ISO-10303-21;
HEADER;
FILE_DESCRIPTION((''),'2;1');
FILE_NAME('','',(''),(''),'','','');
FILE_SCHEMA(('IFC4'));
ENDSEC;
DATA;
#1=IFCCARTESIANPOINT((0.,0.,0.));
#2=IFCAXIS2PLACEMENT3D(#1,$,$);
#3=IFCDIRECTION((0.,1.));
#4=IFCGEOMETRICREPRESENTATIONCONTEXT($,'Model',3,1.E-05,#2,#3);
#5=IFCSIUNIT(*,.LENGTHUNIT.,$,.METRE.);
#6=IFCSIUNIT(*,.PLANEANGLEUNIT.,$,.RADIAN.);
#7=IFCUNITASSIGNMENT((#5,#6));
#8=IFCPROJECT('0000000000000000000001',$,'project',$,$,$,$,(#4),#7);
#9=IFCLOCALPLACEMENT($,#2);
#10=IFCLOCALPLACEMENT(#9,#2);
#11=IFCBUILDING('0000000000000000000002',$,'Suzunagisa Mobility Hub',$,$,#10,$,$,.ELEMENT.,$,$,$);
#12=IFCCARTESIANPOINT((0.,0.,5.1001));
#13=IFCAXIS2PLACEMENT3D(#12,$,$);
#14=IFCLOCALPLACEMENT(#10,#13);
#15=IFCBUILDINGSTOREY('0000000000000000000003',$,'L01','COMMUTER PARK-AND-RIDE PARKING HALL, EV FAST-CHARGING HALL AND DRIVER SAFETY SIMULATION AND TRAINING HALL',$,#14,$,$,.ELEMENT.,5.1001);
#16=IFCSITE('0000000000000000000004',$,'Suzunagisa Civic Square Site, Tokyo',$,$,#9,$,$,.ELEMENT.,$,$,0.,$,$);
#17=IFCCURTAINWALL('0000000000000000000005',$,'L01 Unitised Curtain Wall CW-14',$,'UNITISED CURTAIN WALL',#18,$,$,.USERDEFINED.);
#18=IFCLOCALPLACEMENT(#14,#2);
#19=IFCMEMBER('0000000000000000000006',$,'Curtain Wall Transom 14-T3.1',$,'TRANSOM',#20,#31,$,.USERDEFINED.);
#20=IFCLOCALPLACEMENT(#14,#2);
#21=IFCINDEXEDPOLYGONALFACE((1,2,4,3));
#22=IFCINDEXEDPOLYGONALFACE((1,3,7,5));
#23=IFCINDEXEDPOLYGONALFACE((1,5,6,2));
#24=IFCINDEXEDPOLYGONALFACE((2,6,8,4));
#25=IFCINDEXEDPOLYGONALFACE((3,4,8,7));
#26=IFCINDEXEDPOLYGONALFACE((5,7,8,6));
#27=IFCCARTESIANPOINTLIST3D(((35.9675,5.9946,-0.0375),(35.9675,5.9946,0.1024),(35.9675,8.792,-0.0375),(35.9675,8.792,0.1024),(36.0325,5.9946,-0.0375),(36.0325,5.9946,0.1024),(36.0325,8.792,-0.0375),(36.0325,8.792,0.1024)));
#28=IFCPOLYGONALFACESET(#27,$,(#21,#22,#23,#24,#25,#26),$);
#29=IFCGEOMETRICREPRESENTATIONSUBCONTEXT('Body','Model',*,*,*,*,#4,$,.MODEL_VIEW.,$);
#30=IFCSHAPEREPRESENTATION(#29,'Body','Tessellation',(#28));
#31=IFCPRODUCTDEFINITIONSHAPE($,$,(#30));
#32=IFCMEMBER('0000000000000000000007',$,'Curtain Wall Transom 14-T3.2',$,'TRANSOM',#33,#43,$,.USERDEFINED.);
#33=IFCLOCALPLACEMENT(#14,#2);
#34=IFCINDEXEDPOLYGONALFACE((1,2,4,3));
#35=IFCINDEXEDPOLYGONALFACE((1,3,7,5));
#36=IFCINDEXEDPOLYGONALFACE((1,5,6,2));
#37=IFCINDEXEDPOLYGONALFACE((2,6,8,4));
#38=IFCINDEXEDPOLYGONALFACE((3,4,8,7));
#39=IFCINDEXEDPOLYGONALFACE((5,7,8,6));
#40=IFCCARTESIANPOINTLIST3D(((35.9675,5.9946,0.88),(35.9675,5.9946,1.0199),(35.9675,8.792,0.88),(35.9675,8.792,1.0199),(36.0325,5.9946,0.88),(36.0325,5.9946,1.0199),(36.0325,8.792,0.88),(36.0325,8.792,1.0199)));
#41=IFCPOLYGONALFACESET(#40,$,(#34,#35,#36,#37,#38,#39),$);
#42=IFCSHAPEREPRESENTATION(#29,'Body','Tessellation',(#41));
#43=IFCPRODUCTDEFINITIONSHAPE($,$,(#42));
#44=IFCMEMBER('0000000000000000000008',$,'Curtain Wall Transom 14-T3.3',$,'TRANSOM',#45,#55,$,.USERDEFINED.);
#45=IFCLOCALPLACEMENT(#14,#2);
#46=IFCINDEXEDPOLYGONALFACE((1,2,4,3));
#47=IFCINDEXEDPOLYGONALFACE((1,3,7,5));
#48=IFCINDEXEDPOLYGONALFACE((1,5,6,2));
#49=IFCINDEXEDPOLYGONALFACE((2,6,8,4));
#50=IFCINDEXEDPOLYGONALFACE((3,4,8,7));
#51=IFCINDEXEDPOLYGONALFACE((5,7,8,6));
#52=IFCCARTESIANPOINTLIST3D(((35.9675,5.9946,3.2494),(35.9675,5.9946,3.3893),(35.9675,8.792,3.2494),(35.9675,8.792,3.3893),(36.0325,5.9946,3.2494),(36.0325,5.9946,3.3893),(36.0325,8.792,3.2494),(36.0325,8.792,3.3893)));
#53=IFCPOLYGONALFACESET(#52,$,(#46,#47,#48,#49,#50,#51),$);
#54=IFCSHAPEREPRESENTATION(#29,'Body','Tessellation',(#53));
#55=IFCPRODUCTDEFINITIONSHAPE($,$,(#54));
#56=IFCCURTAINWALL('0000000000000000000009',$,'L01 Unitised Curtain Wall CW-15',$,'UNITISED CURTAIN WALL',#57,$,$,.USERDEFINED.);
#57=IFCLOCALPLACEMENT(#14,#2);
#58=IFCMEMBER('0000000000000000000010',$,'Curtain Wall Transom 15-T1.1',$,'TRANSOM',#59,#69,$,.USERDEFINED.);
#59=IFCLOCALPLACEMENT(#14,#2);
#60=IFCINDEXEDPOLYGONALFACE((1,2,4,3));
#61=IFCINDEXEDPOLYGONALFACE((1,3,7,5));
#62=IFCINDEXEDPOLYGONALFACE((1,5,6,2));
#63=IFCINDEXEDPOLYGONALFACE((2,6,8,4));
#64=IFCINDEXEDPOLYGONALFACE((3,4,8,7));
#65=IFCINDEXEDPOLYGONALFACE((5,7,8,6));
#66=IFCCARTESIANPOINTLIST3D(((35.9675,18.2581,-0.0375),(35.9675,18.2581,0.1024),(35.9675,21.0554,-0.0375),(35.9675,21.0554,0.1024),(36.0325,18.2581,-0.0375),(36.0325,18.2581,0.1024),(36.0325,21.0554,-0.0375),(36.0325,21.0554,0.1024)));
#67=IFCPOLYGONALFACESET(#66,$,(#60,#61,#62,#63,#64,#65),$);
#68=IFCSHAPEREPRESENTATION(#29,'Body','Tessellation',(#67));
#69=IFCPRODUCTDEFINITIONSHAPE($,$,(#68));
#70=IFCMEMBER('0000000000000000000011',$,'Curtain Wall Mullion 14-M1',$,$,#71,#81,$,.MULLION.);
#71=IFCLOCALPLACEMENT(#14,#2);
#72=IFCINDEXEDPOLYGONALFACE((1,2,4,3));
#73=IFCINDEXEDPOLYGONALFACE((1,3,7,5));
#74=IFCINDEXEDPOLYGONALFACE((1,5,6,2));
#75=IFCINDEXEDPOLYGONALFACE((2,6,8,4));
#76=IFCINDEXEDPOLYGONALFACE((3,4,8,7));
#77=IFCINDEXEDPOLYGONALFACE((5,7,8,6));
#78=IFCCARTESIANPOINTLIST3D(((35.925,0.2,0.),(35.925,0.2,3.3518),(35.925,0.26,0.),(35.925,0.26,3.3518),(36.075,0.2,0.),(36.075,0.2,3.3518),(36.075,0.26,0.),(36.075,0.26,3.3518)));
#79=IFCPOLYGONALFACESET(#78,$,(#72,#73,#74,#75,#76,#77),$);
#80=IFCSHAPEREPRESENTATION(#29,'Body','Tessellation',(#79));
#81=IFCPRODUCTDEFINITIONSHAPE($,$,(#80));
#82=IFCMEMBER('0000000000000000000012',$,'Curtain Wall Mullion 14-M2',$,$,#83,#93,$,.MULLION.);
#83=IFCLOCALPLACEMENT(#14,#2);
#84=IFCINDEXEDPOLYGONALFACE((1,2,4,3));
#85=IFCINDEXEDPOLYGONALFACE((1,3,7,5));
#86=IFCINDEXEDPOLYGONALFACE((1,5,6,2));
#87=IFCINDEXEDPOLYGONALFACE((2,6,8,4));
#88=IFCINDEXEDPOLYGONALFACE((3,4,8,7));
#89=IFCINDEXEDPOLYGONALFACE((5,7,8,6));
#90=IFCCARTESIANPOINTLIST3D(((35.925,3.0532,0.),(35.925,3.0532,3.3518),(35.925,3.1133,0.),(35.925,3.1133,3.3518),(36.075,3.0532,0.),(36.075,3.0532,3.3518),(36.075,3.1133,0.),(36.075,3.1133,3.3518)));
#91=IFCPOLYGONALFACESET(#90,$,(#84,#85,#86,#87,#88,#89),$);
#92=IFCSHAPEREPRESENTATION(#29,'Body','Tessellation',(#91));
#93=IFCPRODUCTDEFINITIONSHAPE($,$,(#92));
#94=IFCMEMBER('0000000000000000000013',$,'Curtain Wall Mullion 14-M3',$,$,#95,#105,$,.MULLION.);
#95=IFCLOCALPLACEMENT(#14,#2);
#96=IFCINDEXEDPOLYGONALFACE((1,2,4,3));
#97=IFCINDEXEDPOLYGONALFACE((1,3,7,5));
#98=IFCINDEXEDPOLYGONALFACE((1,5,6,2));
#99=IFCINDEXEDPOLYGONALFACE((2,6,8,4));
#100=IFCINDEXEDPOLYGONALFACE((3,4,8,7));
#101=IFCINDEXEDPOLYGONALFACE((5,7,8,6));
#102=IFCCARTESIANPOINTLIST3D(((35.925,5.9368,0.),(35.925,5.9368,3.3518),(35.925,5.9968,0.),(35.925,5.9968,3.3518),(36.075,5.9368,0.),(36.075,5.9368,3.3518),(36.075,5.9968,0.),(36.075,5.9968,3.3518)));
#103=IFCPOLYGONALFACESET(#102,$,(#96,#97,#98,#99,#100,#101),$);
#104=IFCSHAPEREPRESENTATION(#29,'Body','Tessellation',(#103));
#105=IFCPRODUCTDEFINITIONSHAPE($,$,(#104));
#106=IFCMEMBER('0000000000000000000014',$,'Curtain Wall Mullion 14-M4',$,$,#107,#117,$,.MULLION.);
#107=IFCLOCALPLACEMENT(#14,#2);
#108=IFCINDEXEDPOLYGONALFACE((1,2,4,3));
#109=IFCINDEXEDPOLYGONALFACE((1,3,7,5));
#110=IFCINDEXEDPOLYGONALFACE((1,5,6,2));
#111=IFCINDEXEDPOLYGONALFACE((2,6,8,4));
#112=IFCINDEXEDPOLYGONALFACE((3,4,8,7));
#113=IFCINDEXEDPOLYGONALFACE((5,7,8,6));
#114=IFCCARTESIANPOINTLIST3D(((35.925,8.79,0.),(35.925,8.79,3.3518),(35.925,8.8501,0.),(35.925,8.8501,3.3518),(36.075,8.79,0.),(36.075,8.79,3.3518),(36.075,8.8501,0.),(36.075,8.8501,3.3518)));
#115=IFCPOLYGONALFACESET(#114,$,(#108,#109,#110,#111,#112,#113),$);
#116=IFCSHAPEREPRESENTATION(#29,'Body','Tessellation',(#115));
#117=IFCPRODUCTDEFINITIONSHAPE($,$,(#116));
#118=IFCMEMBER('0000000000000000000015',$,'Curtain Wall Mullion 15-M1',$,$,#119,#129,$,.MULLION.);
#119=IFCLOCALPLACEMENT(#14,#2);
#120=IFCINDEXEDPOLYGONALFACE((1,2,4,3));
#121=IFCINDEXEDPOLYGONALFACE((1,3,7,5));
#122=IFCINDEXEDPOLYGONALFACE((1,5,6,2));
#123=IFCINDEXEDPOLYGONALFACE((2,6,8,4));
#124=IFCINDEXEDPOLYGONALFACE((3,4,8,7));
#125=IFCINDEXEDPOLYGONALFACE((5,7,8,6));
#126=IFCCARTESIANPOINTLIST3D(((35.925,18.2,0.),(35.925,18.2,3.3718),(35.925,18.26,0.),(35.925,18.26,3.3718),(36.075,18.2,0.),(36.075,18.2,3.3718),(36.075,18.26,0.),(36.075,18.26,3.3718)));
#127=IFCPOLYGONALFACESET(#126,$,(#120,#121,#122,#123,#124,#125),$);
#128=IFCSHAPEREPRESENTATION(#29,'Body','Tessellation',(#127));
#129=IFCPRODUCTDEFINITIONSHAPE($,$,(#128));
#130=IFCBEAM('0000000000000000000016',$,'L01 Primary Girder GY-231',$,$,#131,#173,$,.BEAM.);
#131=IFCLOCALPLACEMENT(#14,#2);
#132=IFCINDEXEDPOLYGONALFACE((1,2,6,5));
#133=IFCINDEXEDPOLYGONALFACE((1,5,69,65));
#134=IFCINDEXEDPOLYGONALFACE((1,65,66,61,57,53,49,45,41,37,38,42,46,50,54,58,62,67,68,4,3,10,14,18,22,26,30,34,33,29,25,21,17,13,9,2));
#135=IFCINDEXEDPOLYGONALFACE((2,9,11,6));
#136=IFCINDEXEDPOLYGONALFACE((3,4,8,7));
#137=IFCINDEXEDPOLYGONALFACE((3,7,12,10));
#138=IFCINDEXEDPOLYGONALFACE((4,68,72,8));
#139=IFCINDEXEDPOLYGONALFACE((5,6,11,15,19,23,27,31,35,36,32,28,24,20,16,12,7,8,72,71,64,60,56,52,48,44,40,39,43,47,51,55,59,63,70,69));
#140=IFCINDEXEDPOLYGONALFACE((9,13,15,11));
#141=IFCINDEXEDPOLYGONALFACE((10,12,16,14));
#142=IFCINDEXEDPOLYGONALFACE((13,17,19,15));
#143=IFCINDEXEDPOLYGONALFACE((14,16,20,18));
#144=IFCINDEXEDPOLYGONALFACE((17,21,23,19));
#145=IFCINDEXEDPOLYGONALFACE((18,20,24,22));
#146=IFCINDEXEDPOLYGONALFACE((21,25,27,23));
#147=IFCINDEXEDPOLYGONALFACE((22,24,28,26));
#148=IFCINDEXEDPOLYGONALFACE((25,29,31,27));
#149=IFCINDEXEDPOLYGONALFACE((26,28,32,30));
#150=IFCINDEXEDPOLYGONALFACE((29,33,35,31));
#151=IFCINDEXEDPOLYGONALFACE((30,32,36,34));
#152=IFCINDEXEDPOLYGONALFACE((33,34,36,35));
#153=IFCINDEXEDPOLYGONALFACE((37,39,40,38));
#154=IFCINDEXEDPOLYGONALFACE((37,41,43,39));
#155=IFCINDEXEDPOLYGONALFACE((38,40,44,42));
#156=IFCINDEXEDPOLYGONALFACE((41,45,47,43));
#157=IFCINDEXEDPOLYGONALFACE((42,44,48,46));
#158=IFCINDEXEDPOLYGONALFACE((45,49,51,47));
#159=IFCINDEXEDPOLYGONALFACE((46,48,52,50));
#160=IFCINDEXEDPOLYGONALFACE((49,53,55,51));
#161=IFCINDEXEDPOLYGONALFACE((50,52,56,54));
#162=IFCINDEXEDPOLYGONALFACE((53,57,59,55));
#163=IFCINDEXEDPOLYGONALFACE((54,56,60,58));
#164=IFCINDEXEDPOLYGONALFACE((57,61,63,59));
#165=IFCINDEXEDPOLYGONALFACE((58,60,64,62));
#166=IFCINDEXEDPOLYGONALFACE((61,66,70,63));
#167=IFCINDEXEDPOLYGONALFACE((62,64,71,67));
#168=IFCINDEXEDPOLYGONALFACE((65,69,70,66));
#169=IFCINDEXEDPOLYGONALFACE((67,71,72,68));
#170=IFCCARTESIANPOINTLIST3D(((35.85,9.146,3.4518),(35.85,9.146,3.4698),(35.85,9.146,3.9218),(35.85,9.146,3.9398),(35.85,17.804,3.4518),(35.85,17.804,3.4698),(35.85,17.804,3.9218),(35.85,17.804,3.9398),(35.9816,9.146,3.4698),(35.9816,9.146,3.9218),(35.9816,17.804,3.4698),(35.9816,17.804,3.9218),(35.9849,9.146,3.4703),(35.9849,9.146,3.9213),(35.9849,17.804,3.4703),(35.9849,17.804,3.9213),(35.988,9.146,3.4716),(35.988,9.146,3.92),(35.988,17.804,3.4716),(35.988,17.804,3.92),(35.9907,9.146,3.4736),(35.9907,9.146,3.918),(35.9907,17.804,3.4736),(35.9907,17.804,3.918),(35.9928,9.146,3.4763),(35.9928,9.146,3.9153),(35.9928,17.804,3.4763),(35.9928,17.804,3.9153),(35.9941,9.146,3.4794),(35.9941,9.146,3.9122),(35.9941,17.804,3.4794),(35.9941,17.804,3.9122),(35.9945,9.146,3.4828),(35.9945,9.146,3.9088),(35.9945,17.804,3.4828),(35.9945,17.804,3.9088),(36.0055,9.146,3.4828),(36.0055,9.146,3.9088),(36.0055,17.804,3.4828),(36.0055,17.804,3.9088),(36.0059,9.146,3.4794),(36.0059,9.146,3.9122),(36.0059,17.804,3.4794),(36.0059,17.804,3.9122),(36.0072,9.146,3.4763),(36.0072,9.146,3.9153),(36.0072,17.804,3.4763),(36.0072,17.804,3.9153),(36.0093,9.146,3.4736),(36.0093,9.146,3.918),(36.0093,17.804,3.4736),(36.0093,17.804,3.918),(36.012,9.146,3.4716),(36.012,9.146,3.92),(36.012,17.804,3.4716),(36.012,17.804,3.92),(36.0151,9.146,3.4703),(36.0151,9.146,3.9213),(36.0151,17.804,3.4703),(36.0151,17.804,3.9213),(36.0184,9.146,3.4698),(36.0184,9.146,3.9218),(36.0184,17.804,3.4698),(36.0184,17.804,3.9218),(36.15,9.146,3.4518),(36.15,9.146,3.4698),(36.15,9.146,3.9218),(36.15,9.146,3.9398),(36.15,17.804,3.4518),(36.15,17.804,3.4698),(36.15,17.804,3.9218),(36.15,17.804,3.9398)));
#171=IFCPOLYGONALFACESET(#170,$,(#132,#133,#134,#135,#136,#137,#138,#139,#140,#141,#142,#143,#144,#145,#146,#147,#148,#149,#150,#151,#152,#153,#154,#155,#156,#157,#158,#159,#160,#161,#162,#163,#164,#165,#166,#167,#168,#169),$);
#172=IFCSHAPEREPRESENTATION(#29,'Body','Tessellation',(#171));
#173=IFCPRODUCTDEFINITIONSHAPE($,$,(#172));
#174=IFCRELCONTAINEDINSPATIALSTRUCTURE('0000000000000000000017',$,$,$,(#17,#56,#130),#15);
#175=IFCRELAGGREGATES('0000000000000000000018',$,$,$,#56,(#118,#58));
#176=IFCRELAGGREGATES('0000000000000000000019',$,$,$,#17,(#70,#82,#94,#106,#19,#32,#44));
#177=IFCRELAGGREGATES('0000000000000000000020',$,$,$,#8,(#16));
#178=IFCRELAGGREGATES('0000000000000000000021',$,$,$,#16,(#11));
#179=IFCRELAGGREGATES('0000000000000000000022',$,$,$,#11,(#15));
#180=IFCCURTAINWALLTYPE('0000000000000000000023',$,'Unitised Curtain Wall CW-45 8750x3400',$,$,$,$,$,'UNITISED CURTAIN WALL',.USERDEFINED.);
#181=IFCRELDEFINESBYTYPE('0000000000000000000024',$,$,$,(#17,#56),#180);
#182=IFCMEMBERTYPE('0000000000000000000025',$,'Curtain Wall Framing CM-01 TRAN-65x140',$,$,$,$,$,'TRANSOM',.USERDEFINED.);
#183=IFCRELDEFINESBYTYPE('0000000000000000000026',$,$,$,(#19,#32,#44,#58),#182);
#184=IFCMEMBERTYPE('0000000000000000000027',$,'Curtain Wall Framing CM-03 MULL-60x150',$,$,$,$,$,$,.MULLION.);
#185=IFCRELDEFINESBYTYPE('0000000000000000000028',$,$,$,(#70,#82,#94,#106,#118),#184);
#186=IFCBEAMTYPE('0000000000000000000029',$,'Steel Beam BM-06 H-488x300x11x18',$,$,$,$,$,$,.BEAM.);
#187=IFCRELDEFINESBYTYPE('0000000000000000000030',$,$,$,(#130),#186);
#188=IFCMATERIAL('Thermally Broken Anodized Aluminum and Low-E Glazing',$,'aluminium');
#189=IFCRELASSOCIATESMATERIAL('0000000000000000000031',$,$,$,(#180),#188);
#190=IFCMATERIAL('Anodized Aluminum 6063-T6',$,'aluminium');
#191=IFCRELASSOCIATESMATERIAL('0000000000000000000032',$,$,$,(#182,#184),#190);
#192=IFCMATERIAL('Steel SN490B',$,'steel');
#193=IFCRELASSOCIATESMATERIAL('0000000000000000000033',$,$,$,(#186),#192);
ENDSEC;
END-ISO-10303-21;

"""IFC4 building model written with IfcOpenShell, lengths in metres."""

from ifc_helpers import new_model, si_unit, direction, frame, origin, origin_2d, place, context, subcontext, project, spatial, rectangle, i_section, extrude, material, material_profile, profile_set, type_object, element, aggregate, save


model = new_model("IFC4")

# Units and contexts
model_context = context("Model", 3, precision=1e-05, world=origin(), true_north=direction((0.0, 1.0)))
body_context = subcontext(model_context, "Body", "Model", "MODEL_VIEW")
ifc_project = project(units=[si_unit("LENGTHUNIT", "METRE"), si_unit("PLANEANGLEUNIT", "RADIAN")], contexts=[model_context])

# Site, building, storey
site_placement = place(None, origin())
site = spatial("IfcSite", under=ifc_project, at=site_placement, Name="Suzunagisa Civic Square Site, Tokyo", CompositionType="ELEMENT", RefElevation=0.0)
building_placement = place(site_placement, origin())
building = spatial("IfcBuilding", under=site, at=building_placement, Name="Suzunagisa Mobility Hub", CompositionType="ELEMENT")
storey_placement = place(building_placement, frame((0.0, 0.0, 5.1001)))
storey = spatial("IfcBuildingStorey", under=building, at=storey_placement, Name="L01", Description="COMMUTER PARK-AND-RIDE PARKING HALL, EV FAST-CHARGING HALL AND DRIVER SAFETY SIMULATION AND TRAINING HALL", CompositionType="ELEMENT", Elevation=5.1001)

# Shared definitions
ifc_material_1 = material(Name="Steel SN490B", Category="steel")

# Curtain wall, members
ifc_material_2 = material(Name="Thermally Broken Anodized Aluminum and Low-E Glazing", Category="aluminium")
curtain_wall_type = type_object("IfcCurtainWallType", Name="Unitised Curtain Wall CW-45 8750x3400", ElementType="UNITISED CURTAIN WALL", PredefinedType="USERDEFINED", material=ifc_material_2)
curtain_wall_1_placement = place(storey_placement, origin())
curtain_wall_1 = element("IfcCurtainWall", 1, at=curtain_wall_1_placement, inside=storey, type_object=curtain_wall_type, Name="L01 Unitised Curtain Wall CW-14", ObjectType="UNITISED CURTAIN WALL", PredefinedType="USERDEFINED")
ifc_material_3 = material(Name="Anodized Aluminum 6063-T6", Category="aluminium")
ifc_material_profile_1 = material_profile(ifc_material_3, rectangle(XDim=0.0649, YDim=0.1399, at=origin_2d()), Name="TRAN-65x140")
ifc_profile_set_1 = profile_set([ifc_material_profile_1], Name="Anodized Aluminum 6063-T6")
member_type_1 = type_object("IfcMemberType", Name="Curtain Wall Framing CM-01 TRAN-65x140", ElementType="TRANSOM", PredefinedType="USERDEFINED", material=ifc_profile_set_1)
member_1_placement = place(storey_placement, frame((36.0, 5.9946, 0.0325), z_axis=(0.0, 1.0, 0.0), x_axis=(-1.0, 0.0, 0.0)))
member_1 = element("IfcMember", 2, at=member_1_placement, type_object=member_type_1, Name="Curtain Wall Transom 14-T3.1", ObjectType="TRANSOM", PredefinedType="USERDEFINED", context=body_context, shape_type="SweptSolid", body=[
    extrude(rectangle(XDim=0.0649, YDim=0.1399, at=origin_2d()), origin(), (0.0, 0.0, 1.0), 2.7974),
])
member_2_placement = place(storey_placement, frame((36.0, 5.9946, 0.95), z_axis=(0.0, 1.0, 0.0), x_axis=(-1.0, 0.0, 0.0)))
member_2 = element("IfcMember", 3, at=member_2_placement, type_object=member_type_1, Name="Curtain Wall Transom 14-T3.2", ObjectType="TRANSOM", PredefinedType="USERDEFINED", context=body_context, shape_type="SweptSolid", body=[
    extrude(rectangle(XDim=0.0649, YDim=0.1399, at=origin_2d()), origin(), (0.0, 0.0, 1.0), 2.7974),
])
member_3_placement = place(storey_placement, frame((36.0, 5.9946, 3.3193), z_axis=(0.0, 1.0, 0.0), x_axis=(-1.0, 0.0, 0.0)))
member_3 = element("IfcMember", 4, at=member_3_placement, type_object=member_type_1, Name="Curtain Wall Transom 14-T3.3", ObjectType="TRANSOM", PredefinedType="USERDEFINED", context=body_context, shape_type="SweptSolid", body=[
    extrude(rectangle(XDim=0.0649, YDim=0.1399, at=origin_2d()), origin(), (0.0, 0.0, 1.0), 2.7974),
])

# Curtain wall, member
curtain_wall_2_placement = place(storey_placement, origin())
curtain_wall_2 = element("IfcCurtainWall", 5, at=curtain_wall_2_placement, inside=storey, type_object=curtain_wall_type, Name="L01 Unitised Curtain Wall CW-15", ObjectType="UNITISED CURTAIN WALL", PredefinedType="USERDEFINED")
member_4_placement = place(storey_placement, frame((36.0, 18.2581, 0.0325), z_axis=(0.0, 1.0, 0.0), x_axis=(-1.0, 0.0, 0.0)))
member_4 = element("IfcMember", 6, at=member_4_placement, type_object=member_type_1, Name="Curtain Wall Transom 15-T1.1", ObjectType="TRANSOM", PredefinedType="USERDEFINED", context=body_context, shape_type="SweptSolid", body=[
    extrude(rectangle(XDim=0.0649, YDim=0.1399, at=origin_2d()), origin(), (0.0, 0.0, 1.0), 2.7974),
])

# Members
ifc_material_profile_2 = material_profile(ifc_material_3, rectangle(XDim=0.0601, YDim=0.1499, at=origin_2d()), Name="MULL-60x150")
ifc_profile_set_2 = profile_set([ifc_material_profile_2], Name="Anodized Aluminum 6063-T6")
member_type_2 = type_object("IfcMemberType", Name="Curtain Wall Framing CM-03 MULL-60x150", PredefinedType="MULLION", material=ifc_profile_set_2)
member_5_placement = place(storey_placement, frame((36.0, 0.23, 0.0), z_axis=(0.0, 0.0, 1.0), x_axis=(0.0, 1.0, 0.0)))
member_5 = element("IfcMember", 7, at=member_5_placement, type_object=member_type_2, Name="Curtain Wall Mullion 14-M1", PredefinedType="MULLION", context=body_context, shape_type="SweptSolid", body=[
    extrude(rectangle(XDim=0.0601, YDim=0.1499, at=origin_2d()), origin(), (0.0, 0.0, 1.0), 3.3518),
])
member_6_placement = place(storey_placement, frame((36.0, 3.0833, 0.0), z_axis=(0.0, 0.0, 1.0), x_axis=(0.0, 1.0, 0.0)))
member_6 = element("IfcMember", 8, at=member_6_placement, type_object=member_type_2, Name="Curtain Wall Mullion 14-M2", PredefinedType="MULLION", context=body_context, shape_type="SweptSolid", body=[
    extrude(rectangle(XDim=0.0601, YDim=0.1499, at=origin_2d()), origin(), (0.0, 0.0, 1.0), 3.3518),
])
member_7_placement = place(storey_placement, frame((36.0, 5.9668, 0.0), z_axis=(0.0, 0.0, 1.0), x_axis=(0.0, 1.0, 0.0)))
member_7 = element("IfcMember", 9, at=member_7_placement, type_object=member_type_2, Name="Curtain Wall Mullion 14-M3", PredefinedType="MULLION", context=body_context, shape_type="SweptSolid", body=[
    extrude(rectangle(XDim=0.0601, YDim=0.1499, at=origin_2d()), origin(), (0.0, 0.0, 1.0), 3.3518),
])
member_8_placement = place(storey_placement, frame((36.0, 8.8201, 0.0), z_axis=(0.0, 0.0, 1.0), x_axis=(0.0, 1.0, 0.0)))
member_8 = element("IfcMember", 10, at=member_8_placement, type_object=member_type_2, Name="Curtain Wall Mullion 14-M4", PredefinedType="MULLION", context=body_context, shape_type="SweptSolid", body=[
    extrude(rectangle(XDim=0.0601, YDim=0.1499, at=origin_2d()), origin(), (0.0, 0.0, 1.0), 3.3518),
])
member_9_placement = place(storey_placement, frame((36.0, 18.23, 0.0), z_axis=(0.0, 0.0, 1.0), x_axis=(0.0, 1.0, 0.0)))
member_9 = element("IfcMember", 11, at=member_9_placement, type_object=member_type_2, Name="Curtain Wall Mullion 15-M1", PredefinedType="MULLION", context=body_context, shape_type="SweptSolid", body=[
    extrude(rectangle(XDim=0.0601, YDim=0.1499, at=origin_2d()), origin(), (0.0, 0.0, 1.0), 3.3718),
])
aggregate(curtain_wall_2, [member_9, member_4])

# Beam
ifc_material_profile_3 = material_profile(ifc_material_1, i_section(OverallWidth=0.3, OverallDepth=0.488, WebThickness=0.011, FlangeThickness=0.0181, FilletRadius=0.0129, at=origin_2d()), Name="H-488x300x11x18")
ifc_profile_set_3 = profile_set([ifc_material_profile_3], Name="Steel SN490B")
beam_type_1 = type_object("IfcBeamType", Name="Steel Beam BM-06 H-488x300x11x18", PredefinedType="BEAM", material=ifc_profile_set_3)
for number, where, z_axis, x_axis, name in (
    (12, (36.0, 9.146, 3.6958), (0.0, 1.0, 0.0), (-1.0, 0.0, 0.0), "L01 Primary Girder GY-231"),
):
    element("IfcBeam", number, at=place(storey_placement, frame(where, z_axis=z_axis, x_axis=x_axis)), inside=storey, type_object=beam_type_1, Name=name, PredefinedType="BEAM", context=body_context, shape_type="SweptSolid", body=[
        extrude(i_section(OverallWidth=0.3, OverallDepth=0.488, WebThickness=0.011, FlangeThickness=0.0181, FilletRadius=0.0129, at=origin_2d()), origin(), (0.0, 0.0, 1.0), 8.658),
    ])

aggregate(curtain_wall_1, [member_5, member_6, member_7, member_8, member_1, member_2, member_3])

save(model, "model.ifc")
